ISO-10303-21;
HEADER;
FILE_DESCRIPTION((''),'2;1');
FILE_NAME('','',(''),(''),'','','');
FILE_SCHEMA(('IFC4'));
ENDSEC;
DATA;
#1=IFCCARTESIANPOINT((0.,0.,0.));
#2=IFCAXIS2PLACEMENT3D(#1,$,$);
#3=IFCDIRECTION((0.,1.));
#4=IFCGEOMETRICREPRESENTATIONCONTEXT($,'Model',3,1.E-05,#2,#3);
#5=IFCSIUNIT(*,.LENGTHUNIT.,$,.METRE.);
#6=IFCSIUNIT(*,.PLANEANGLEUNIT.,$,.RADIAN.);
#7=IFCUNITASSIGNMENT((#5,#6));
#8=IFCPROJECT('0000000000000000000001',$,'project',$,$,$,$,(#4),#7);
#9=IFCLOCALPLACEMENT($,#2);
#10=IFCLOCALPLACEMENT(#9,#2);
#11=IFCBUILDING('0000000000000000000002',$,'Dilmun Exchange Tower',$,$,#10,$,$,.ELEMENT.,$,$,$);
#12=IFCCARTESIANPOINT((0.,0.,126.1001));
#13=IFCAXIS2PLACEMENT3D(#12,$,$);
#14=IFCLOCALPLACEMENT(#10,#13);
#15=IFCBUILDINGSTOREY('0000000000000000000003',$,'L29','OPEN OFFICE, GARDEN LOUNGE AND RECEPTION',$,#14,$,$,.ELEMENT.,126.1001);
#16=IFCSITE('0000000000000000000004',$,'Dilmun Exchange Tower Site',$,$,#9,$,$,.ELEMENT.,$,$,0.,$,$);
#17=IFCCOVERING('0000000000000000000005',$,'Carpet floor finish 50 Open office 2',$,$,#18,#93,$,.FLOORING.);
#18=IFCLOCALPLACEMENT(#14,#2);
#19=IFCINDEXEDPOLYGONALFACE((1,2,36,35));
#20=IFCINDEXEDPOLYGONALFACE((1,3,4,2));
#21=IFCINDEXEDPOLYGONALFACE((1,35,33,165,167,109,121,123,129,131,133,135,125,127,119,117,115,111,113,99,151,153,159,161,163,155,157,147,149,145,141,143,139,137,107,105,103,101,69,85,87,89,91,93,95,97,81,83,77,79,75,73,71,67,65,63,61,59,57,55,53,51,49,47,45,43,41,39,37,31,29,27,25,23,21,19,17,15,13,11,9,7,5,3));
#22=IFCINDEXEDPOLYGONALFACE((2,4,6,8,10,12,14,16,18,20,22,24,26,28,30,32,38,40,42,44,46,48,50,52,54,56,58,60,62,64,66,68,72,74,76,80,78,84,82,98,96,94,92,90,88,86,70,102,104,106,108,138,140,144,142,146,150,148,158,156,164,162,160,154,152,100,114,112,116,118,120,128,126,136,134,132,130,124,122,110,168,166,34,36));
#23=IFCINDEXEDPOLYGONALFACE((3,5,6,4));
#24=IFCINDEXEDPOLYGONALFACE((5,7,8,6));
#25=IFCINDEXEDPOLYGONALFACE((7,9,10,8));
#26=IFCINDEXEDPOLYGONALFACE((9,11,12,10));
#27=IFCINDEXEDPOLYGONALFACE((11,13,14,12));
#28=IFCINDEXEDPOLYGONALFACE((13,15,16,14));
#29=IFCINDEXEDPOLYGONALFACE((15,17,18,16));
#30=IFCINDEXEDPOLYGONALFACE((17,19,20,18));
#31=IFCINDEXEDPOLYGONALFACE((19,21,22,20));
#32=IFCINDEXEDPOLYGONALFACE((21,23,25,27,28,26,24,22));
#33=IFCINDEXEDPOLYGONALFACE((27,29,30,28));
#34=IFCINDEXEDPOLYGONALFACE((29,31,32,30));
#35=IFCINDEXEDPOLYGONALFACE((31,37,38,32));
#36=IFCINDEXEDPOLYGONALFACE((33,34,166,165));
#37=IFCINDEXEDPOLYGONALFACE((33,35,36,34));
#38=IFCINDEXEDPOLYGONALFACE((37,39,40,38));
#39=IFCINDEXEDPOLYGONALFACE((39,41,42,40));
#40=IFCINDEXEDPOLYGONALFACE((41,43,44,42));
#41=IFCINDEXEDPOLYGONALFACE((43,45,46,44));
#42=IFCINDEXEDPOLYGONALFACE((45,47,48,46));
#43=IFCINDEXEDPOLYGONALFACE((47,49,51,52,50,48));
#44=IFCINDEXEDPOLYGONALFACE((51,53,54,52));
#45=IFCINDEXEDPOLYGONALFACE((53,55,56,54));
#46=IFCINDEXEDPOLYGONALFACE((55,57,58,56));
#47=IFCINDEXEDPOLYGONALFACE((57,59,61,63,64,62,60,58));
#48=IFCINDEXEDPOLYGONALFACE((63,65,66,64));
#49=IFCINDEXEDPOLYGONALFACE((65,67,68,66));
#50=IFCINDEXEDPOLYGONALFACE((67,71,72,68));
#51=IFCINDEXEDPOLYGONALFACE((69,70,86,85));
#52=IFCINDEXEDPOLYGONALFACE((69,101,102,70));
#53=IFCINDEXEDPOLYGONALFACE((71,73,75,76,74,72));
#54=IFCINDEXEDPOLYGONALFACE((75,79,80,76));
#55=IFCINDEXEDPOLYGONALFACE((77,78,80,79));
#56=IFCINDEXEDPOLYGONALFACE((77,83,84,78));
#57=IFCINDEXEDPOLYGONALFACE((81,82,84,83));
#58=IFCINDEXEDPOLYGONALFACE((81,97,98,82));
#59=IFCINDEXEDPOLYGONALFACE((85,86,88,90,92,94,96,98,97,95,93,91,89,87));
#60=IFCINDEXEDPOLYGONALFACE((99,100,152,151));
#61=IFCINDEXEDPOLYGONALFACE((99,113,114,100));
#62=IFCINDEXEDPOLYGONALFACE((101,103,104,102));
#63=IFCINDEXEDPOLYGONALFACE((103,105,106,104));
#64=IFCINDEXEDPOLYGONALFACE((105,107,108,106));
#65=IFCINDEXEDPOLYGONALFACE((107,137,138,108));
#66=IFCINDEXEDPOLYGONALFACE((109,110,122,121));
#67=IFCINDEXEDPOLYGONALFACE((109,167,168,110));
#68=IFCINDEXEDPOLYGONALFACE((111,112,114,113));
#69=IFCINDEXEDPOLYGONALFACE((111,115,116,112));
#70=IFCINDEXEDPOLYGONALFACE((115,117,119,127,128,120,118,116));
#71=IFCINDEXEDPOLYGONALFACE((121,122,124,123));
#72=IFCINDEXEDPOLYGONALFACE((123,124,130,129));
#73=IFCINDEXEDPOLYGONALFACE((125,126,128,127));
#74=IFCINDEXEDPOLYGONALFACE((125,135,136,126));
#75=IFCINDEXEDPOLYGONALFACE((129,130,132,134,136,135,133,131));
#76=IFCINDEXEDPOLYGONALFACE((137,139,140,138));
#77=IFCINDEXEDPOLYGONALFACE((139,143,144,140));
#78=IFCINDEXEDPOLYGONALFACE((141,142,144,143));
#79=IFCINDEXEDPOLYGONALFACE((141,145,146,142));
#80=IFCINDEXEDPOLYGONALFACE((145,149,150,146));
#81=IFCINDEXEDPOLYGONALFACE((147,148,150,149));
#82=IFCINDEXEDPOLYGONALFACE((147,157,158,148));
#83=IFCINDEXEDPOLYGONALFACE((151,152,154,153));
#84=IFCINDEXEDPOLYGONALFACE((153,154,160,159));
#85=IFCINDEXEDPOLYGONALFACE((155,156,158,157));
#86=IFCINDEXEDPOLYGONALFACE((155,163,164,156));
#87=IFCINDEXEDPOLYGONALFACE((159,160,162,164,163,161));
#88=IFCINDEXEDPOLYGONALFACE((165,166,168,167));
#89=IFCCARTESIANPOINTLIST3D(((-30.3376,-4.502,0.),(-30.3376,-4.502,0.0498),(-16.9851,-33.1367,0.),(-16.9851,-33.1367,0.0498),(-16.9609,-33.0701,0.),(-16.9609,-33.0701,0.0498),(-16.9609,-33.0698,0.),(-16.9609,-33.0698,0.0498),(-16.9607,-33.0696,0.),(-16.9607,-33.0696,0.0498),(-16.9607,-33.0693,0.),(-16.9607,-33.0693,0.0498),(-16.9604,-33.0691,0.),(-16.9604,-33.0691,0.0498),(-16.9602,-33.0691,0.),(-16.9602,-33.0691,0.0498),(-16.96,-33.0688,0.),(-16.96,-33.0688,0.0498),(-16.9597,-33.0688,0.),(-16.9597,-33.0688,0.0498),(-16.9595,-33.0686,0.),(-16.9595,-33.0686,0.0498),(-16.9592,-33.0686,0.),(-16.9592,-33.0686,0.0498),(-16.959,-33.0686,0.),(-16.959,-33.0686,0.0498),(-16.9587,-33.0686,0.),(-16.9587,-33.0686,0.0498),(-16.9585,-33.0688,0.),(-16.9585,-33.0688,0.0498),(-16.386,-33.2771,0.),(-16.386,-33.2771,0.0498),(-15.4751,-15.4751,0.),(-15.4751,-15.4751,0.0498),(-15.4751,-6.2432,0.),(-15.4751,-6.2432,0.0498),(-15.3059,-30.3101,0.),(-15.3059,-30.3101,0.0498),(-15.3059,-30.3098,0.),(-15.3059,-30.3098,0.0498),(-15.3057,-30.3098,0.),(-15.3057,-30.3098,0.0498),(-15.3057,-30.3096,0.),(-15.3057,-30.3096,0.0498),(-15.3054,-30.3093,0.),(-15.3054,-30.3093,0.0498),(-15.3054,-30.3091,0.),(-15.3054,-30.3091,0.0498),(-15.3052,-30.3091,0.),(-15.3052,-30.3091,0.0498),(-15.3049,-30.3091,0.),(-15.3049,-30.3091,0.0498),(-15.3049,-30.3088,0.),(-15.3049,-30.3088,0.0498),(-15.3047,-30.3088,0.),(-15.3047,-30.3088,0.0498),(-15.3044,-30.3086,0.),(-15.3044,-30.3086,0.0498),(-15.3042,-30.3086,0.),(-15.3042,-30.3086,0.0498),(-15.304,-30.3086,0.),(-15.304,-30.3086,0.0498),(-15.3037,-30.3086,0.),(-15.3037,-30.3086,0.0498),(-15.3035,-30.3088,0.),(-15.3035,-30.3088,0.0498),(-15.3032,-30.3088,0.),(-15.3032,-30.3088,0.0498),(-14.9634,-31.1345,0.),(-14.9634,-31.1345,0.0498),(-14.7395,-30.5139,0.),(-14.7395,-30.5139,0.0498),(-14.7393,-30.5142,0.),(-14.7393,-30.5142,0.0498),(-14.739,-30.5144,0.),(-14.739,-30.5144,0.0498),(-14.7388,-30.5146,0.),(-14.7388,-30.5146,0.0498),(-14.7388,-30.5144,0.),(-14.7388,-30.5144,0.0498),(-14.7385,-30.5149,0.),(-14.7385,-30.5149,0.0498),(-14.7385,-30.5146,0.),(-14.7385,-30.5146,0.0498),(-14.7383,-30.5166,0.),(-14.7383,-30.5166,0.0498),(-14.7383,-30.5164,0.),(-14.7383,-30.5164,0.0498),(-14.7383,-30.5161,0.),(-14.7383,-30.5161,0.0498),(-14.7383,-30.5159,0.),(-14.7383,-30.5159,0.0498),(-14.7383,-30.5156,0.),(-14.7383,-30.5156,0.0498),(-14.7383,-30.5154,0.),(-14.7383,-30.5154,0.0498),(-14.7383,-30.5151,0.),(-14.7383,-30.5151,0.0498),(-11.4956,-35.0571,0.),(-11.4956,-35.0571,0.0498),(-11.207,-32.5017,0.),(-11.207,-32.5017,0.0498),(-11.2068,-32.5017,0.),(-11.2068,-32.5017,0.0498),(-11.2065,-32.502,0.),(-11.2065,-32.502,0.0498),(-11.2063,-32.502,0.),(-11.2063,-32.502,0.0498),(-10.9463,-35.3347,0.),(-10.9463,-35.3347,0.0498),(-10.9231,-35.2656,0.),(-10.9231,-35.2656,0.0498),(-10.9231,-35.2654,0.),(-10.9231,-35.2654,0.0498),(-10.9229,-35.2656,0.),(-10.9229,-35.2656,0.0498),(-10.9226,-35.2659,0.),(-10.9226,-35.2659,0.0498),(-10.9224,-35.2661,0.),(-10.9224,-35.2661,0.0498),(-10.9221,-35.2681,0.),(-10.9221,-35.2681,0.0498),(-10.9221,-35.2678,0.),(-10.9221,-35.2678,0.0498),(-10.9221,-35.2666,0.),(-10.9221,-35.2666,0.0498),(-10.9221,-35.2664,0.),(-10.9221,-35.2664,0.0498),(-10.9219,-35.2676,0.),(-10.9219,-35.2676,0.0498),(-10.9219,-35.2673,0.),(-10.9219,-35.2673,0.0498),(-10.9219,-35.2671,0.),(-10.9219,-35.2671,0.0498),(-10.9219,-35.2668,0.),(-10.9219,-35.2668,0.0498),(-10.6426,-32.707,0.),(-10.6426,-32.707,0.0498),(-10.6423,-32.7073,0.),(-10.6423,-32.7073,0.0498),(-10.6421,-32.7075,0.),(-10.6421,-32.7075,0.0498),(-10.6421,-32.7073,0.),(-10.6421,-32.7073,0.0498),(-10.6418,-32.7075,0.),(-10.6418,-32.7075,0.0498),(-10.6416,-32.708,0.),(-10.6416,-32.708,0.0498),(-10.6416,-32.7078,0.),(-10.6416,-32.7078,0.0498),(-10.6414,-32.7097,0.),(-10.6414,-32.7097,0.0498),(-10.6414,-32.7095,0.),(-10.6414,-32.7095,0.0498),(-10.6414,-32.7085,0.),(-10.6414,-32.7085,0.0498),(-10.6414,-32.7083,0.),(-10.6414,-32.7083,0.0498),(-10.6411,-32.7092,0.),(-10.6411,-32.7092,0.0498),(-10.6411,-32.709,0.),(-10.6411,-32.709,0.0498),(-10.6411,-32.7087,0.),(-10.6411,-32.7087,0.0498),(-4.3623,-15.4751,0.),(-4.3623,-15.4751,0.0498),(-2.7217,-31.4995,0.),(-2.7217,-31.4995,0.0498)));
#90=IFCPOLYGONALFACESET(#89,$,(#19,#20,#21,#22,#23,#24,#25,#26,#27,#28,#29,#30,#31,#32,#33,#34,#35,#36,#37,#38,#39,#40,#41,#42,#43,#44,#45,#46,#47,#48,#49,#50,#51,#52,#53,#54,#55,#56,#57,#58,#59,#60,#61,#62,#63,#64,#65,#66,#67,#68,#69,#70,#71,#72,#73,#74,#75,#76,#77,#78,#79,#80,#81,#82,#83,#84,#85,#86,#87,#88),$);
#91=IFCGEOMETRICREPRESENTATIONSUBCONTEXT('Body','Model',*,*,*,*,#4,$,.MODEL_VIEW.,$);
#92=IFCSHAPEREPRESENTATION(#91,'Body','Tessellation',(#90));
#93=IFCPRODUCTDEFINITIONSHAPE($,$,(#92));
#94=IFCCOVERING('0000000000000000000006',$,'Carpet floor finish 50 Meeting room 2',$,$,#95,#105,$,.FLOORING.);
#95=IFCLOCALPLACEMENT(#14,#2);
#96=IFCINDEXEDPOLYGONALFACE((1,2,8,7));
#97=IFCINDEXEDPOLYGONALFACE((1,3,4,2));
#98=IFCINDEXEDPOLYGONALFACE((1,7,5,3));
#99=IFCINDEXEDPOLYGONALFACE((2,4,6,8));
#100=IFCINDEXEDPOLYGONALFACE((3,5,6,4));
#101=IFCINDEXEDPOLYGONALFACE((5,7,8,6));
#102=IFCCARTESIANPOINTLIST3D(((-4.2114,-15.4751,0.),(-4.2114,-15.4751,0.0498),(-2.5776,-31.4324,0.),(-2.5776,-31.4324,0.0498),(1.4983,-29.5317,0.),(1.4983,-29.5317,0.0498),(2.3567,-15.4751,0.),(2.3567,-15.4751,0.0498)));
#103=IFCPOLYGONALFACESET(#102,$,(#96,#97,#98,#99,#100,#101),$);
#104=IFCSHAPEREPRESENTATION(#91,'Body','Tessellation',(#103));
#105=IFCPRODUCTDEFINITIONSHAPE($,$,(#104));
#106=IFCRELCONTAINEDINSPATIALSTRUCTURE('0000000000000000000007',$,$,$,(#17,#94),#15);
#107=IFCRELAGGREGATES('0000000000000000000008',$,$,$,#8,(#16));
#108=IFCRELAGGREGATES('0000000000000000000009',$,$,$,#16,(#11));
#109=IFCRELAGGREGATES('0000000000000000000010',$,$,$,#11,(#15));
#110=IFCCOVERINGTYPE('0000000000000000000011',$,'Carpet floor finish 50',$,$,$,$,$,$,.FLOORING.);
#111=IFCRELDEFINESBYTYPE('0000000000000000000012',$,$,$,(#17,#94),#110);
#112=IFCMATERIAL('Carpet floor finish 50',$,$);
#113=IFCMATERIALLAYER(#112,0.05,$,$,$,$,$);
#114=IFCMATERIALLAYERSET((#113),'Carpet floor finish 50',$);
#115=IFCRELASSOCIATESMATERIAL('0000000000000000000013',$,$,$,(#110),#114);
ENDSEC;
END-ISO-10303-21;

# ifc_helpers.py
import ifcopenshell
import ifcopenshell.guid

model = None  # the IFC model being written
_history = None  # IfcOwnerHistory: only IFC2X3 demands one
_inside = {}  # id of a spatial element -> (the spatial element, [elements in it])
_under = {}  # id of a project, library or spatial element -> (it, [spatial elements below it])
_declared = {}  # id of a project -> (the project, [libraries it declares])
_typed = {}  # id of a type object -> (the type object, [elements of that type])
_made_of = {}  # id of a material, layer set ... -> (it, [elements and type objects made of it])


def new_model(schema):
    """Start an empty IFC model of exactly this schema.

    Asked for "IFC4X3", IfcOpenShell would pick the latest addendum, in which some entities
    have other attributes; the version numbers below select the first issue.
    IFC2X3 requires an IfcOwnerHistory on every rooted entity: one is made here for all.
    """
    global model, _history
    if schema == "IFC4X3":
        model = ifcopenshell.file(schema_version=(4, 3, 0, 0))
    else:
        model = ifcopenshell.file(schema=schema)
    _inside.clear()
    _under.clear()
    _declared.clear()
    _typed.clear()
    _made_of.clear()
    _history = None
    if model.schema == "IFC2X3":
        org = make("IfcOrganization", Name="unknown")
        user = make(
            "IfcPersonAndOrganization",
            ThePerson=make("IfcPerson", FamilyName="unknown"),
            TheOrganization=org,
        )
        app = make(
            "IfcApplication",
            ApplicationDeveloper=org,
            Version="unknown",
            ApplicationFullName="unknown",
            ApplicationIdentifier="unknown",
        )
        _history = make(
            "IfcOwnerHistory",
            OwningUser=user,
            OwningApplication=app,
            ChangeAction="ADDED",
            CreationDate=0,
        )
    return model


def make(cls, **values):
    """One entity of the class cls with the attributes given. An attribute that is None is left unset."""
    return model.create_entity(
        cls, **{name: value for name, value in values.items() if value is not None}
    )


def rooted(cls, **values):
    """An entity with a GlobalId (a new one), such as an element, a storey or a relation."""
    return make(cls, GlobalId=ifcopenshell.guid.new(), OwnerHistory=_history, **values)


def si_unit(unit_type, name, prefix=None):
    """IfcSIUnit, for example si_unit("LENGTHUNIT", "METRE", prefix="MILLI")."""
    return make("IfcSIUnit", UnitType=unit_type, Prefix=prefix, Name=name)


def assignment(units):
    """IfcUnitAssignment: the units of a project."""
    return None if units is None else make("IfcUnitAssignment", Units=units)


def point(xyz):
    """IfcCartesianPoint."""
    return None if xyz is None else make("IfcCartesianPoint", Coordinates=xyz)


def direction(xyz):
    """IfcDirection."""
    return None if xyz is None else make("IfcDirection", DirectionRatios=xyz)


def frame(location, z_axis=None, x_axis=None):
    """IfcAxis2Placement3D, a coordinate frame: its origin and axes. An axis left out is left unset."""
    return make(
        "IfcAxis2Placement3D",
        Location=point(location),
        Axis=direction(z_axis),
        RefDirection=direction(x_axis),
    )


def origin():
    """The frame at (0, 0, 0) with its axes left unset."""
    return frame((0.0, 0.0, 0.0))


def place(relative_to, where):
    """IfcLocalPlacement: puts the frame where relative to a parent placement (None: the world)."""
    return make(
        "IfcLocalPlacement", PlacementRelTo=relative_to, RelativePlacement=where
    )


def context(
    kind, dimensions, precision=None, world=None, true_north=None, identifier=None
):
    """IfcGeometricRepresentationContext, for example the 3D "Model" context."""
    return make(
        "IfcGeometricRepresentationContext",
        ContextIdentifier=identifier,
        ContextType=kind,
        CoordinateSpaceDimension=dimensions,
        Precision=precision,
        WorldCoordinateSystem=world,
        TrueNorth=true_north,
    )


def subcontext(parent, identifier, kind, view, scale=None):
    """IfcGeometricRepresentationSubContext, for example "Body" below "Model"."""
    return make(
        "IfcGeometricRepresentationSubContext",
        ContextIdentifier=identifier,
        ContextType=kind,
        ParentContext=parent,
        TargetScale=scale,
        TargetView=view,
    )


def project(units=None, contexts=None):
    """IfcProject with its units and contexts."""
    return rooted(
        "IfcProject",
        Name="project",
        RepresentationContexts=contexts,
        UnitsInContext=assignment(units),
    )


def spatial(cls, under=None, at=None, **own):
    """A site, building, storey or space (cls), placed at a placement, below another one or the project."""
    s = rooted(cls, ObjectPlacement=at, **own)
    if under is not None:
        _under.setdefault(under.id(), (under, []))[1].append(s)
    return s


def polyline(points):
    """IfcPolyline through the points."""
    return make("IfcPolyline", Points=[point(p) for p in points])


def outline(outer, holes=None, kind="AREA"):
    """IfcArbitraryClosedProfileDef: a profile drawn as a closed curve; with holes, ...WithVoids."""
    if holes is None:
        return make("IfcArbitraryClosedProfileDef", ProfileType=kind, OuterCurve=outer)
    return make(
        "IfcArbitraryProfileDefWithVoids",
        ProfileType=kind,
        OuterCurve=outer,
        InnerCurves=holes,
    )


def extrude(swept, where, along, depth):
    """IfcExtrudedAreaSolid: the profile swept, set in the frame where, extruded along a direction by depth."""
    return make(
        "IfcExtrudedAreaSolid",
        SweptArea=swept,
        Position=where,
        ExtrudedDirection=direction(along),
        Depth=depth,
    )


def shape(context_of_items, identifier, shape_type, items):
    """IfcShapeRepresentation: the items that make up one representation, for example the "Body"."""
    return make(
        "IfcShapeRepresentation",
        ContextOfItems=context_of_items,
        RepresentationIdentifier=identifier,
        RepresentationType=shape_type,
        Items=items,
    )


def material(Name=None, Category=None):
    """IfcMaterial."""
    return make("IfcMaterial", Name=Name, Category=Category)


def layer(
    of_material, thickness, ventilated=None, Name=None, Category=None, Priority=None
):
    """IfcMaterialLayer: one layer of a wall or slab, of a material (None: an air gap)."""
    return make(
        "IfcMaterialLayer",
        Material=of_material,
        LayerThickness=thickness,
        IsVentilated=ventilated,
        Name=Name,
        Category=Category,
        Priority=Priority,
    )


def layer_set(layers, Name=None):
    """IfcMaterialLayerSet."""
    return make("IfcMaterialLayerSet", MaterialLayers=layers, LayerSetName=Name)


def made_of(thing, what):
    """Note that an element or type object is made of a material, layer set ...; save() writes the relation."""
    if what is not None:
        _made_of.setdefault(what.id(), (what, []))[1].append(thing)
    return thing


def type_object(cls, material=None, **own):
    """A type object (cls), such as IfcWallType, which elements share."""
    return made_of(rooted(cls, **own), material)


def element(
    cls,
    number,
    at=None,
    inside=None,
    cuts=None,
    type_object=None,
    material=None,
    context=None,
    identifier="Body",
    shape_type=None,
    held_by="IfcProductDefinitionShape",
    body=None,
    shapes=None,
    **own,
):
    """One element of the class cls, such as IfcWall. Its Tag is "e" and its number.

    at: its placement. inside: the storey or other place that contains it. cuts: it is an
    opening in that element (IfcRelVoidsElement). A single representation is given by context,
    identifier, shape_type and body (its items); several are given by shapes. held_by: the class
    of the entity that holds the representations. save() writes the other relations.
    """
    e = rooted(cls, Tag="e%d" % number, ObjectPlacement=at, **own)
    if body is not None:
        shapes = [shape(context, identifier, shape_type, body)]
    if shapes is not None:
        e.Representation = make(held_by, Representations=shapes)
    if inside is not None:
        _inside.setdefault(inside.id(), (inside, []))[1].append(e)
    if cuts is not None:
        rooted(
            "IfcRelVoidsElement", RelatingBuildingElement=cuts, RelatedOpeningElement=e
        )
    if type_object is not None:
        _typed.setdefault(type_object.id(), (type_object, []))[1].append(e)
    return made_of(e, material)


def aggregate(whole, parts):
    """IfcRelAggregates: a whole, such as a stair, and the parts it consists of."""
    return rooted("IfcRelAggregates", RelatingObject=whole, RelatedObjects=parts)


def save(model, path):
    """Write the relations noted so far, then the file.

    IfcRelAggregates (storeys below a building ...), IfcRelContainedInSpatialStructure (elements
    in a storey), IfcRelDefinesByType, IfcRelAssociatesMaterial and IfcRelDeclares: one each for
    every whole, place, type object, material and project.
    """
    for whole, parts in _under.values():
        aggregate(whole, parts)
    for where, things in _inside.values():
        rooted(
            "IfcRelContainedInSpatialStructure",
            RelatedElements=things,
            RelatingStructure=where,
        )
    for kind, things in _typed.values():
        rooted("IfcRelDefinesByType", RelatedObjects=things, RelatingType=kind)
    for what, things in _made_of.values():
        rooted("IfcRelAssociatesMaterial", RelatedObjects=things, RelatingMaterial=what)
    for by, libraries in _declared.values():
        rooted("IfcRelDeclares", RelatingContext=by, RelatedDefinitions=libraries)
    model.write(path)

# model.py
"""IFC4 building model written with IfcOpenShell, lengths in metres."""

from ifc_helpers import new_model, si_unit, direction, frame, origin, place, context, subcontext, project, spatial, polyline, outline, extrude, material, layer, layer_set, type_object, element, save


model = new_model("IFC4")

# Units and contexts
model_context = context("Model", 3, precision=1e-05, world=origin(), true_north=direction((0.0, 1.0)))
body_context = subcontext(model_context, "Body", "Model", "MODEL_VIEW")
ifc_project = project(units=[si_unit("LENGTHUNIT", "METRE"), si_unit("PLANEANGLEUNIT", "RADIAN")], contexts=[model_context])

# Site, building, storey
site_placement = place(None, origin())
site = spatial("IfcSite", under=ifc_project, at=site_placement, Name="Dilmun Exchange Tower Site", CompositionType="ELEMENT", RefElevation=0.0)
building_placement = place(site_placement, origin())
building = spatial("IfcBuilding", under=site, at=building_placement, Name="Dilmun Exchange Tower", CompositionType="ELEMENT")
storey_placement = place(building_placement, frame((0.0, 0.0, 126.1001)))
storey = spatial("IfcBuildingStorey", under=building, at=storey_placement, Name="L29", Description="OPEN OFFICE, GARDEN LOUNGE AND RECEPTION", CompositionType="ELEMENT", Elevation=126.1001)

# Coverings
ifc_material_1 = material(Name="Carpet floor finish 50")
ifc_layer_1 = layer(ifc_material_1, 0.05)
ifc_layer_set_1 = layer_set([ifc_layer_1], Name="Carpet floor finish 50")
covering_type_1 = type_object("IfcCoveringType", Name="Carpet floor finish 50", PredefinedType="FLOORING", material=ifc_layer_set_1)
covering_1_placement = place(storey_placement, origin())
element("IfcCovering", 1, at=covering_1_placement, inside=storey, type_object=covering_type_1, Name="Carpet floor finish 50 Open office 2", PredefinedType="FLOORING", context=body_context, shape_type="SweptSolid", body=[
    extrude(outline(polyline([(-15.4751, -6.2432), (-15.4751, -15.4751), (-4.3623, -15.4751), (-2.7217, -31.4995), (-10.9463, -35.3347), (-10.9221, -35.2681), (-10.9221, -35.2678), (-10.9219, -35.2676), (-10.9219, -35.2676), (-10.9219, -35.2673), (-10.9219, -35.2671), (-10.9219, -35.2668), (-10.9221, -35.2666), (-10.9221, -35.2666), (-10.9221, -35.2664), (-10.9224, -35.2661), (-10.9224, -35.2661), (-10.9226, -35.2659), (-10.9226, -35.2659), (-10.9229, -35.2656), (-10.9231, -35.2656), (-10.9231, -35.2654), (-11.4956, -35.0571), (-10.6414, -32.7097), (-10.6414, -32.7095), (-10.6411, -32.7092), (-10.6411, -32.709), (-10.6411, -32.709), (-10.6411, -32.7087), (-10.6414, -32.7085), (-10.6414, -32.7083), (-10.6414, -32.7083), (-10.6416, -32.708), (-10.6416, -32.7078), (-10.6416, -32.7078), (-10.6418, -32.7075), (-10.6421, -32.7075), (-10.6421, -32.7073), (-10.6423, -32.7073), (-10.6426, -32.707), (-11.2063, -32.502), (-11.2065, -32.502), (-11.2068, -32.5017), (-11.2068, -32.5017), (-11.207, -32.5017), (-14.9634, -31.1345), (-14.7383, -30.5166), (-14.7383, -30.5164), (-14.7383, -30.5161), (-14.7383, -30.5161), (-14.7383, -30.5159), (-14.7383, -30.5156), (-14.7383, -30.5154), (-14.7383, -30.5151), (-14.7383, -30.5151), (-14.7385, -30.5149), (-14.7385, -30.5146), (-14.7388, -30.5146), (-14.7388, -30.5144), (-14.739, -30.5144), (-14.7393, -30.5142), (-14.7393, -30.5142), (-14.7395, -30.5139), (-15.3032, -30.3088), (-15.3035, -30.3088), (-15.3037, -30.3086), (-15.304, -30.3086), (-15.3042, -30.3086), (-15.3042, -30.3086), (-15.3044, -30.3086), (-15.3047, -30.3088), (-15.3049, -30.3088), (-15.3049, -30.3091), (-15.3052, -30.3091), (-15.3054, -30.3091), (-15.3054, -30.3093), (-15.3057, -30.3096), (-15.3057, -30.3098), (-15.3059, -30.3098), (-15.3059, -30.3101), (-16.386, -33.2771), (-16.9585, -33.0688), (-16.9585, -33.0688), (-16.9587, -33.0686), (-16.959, -33.0686), (-16.9592, -33.0686), (-16.9595, -33.0686), (-16.9597, -33.0688), (-16.9597, -33.0688), (-16.96, -33.0688), (-16.9602, -33.0691), (-16.9602, -33.0691), (-16.9604, -33.0691), (-16.9607, -33.0693), (-16.9607, -33.0696), (-16.9607, -33.0696), (-16.9609, -33.0698), (-16.9609, -33.0701), (-16.9851, -33.1367), (-30.3376, -4.502), (-15.4751, -6.2432)])), origin(), (0.0, 0.0, 1.0), 0.0498),
])
covering_2_placement = place(storey_placement, origin())
element("IfcCovering", 2, at=covering_2_placement, inside=storey, type_object=covering_type_1, Name="Carpet floor finish 50 Meeting room 2", PredefinedType="FLOORING", context=body_context, shape_type="SweptSolid", body=[
    extrude(outline(polyline([(-4.2114, -15.4751), (2.3567, -15.4751), (1.4983, -29.5317), (-2.5776, -31.4324), (-4.2114, -15.4751)])), origin(), (0.0, 0.0, 1.0), 0.0498),
])

save(model, "model.ifc")
